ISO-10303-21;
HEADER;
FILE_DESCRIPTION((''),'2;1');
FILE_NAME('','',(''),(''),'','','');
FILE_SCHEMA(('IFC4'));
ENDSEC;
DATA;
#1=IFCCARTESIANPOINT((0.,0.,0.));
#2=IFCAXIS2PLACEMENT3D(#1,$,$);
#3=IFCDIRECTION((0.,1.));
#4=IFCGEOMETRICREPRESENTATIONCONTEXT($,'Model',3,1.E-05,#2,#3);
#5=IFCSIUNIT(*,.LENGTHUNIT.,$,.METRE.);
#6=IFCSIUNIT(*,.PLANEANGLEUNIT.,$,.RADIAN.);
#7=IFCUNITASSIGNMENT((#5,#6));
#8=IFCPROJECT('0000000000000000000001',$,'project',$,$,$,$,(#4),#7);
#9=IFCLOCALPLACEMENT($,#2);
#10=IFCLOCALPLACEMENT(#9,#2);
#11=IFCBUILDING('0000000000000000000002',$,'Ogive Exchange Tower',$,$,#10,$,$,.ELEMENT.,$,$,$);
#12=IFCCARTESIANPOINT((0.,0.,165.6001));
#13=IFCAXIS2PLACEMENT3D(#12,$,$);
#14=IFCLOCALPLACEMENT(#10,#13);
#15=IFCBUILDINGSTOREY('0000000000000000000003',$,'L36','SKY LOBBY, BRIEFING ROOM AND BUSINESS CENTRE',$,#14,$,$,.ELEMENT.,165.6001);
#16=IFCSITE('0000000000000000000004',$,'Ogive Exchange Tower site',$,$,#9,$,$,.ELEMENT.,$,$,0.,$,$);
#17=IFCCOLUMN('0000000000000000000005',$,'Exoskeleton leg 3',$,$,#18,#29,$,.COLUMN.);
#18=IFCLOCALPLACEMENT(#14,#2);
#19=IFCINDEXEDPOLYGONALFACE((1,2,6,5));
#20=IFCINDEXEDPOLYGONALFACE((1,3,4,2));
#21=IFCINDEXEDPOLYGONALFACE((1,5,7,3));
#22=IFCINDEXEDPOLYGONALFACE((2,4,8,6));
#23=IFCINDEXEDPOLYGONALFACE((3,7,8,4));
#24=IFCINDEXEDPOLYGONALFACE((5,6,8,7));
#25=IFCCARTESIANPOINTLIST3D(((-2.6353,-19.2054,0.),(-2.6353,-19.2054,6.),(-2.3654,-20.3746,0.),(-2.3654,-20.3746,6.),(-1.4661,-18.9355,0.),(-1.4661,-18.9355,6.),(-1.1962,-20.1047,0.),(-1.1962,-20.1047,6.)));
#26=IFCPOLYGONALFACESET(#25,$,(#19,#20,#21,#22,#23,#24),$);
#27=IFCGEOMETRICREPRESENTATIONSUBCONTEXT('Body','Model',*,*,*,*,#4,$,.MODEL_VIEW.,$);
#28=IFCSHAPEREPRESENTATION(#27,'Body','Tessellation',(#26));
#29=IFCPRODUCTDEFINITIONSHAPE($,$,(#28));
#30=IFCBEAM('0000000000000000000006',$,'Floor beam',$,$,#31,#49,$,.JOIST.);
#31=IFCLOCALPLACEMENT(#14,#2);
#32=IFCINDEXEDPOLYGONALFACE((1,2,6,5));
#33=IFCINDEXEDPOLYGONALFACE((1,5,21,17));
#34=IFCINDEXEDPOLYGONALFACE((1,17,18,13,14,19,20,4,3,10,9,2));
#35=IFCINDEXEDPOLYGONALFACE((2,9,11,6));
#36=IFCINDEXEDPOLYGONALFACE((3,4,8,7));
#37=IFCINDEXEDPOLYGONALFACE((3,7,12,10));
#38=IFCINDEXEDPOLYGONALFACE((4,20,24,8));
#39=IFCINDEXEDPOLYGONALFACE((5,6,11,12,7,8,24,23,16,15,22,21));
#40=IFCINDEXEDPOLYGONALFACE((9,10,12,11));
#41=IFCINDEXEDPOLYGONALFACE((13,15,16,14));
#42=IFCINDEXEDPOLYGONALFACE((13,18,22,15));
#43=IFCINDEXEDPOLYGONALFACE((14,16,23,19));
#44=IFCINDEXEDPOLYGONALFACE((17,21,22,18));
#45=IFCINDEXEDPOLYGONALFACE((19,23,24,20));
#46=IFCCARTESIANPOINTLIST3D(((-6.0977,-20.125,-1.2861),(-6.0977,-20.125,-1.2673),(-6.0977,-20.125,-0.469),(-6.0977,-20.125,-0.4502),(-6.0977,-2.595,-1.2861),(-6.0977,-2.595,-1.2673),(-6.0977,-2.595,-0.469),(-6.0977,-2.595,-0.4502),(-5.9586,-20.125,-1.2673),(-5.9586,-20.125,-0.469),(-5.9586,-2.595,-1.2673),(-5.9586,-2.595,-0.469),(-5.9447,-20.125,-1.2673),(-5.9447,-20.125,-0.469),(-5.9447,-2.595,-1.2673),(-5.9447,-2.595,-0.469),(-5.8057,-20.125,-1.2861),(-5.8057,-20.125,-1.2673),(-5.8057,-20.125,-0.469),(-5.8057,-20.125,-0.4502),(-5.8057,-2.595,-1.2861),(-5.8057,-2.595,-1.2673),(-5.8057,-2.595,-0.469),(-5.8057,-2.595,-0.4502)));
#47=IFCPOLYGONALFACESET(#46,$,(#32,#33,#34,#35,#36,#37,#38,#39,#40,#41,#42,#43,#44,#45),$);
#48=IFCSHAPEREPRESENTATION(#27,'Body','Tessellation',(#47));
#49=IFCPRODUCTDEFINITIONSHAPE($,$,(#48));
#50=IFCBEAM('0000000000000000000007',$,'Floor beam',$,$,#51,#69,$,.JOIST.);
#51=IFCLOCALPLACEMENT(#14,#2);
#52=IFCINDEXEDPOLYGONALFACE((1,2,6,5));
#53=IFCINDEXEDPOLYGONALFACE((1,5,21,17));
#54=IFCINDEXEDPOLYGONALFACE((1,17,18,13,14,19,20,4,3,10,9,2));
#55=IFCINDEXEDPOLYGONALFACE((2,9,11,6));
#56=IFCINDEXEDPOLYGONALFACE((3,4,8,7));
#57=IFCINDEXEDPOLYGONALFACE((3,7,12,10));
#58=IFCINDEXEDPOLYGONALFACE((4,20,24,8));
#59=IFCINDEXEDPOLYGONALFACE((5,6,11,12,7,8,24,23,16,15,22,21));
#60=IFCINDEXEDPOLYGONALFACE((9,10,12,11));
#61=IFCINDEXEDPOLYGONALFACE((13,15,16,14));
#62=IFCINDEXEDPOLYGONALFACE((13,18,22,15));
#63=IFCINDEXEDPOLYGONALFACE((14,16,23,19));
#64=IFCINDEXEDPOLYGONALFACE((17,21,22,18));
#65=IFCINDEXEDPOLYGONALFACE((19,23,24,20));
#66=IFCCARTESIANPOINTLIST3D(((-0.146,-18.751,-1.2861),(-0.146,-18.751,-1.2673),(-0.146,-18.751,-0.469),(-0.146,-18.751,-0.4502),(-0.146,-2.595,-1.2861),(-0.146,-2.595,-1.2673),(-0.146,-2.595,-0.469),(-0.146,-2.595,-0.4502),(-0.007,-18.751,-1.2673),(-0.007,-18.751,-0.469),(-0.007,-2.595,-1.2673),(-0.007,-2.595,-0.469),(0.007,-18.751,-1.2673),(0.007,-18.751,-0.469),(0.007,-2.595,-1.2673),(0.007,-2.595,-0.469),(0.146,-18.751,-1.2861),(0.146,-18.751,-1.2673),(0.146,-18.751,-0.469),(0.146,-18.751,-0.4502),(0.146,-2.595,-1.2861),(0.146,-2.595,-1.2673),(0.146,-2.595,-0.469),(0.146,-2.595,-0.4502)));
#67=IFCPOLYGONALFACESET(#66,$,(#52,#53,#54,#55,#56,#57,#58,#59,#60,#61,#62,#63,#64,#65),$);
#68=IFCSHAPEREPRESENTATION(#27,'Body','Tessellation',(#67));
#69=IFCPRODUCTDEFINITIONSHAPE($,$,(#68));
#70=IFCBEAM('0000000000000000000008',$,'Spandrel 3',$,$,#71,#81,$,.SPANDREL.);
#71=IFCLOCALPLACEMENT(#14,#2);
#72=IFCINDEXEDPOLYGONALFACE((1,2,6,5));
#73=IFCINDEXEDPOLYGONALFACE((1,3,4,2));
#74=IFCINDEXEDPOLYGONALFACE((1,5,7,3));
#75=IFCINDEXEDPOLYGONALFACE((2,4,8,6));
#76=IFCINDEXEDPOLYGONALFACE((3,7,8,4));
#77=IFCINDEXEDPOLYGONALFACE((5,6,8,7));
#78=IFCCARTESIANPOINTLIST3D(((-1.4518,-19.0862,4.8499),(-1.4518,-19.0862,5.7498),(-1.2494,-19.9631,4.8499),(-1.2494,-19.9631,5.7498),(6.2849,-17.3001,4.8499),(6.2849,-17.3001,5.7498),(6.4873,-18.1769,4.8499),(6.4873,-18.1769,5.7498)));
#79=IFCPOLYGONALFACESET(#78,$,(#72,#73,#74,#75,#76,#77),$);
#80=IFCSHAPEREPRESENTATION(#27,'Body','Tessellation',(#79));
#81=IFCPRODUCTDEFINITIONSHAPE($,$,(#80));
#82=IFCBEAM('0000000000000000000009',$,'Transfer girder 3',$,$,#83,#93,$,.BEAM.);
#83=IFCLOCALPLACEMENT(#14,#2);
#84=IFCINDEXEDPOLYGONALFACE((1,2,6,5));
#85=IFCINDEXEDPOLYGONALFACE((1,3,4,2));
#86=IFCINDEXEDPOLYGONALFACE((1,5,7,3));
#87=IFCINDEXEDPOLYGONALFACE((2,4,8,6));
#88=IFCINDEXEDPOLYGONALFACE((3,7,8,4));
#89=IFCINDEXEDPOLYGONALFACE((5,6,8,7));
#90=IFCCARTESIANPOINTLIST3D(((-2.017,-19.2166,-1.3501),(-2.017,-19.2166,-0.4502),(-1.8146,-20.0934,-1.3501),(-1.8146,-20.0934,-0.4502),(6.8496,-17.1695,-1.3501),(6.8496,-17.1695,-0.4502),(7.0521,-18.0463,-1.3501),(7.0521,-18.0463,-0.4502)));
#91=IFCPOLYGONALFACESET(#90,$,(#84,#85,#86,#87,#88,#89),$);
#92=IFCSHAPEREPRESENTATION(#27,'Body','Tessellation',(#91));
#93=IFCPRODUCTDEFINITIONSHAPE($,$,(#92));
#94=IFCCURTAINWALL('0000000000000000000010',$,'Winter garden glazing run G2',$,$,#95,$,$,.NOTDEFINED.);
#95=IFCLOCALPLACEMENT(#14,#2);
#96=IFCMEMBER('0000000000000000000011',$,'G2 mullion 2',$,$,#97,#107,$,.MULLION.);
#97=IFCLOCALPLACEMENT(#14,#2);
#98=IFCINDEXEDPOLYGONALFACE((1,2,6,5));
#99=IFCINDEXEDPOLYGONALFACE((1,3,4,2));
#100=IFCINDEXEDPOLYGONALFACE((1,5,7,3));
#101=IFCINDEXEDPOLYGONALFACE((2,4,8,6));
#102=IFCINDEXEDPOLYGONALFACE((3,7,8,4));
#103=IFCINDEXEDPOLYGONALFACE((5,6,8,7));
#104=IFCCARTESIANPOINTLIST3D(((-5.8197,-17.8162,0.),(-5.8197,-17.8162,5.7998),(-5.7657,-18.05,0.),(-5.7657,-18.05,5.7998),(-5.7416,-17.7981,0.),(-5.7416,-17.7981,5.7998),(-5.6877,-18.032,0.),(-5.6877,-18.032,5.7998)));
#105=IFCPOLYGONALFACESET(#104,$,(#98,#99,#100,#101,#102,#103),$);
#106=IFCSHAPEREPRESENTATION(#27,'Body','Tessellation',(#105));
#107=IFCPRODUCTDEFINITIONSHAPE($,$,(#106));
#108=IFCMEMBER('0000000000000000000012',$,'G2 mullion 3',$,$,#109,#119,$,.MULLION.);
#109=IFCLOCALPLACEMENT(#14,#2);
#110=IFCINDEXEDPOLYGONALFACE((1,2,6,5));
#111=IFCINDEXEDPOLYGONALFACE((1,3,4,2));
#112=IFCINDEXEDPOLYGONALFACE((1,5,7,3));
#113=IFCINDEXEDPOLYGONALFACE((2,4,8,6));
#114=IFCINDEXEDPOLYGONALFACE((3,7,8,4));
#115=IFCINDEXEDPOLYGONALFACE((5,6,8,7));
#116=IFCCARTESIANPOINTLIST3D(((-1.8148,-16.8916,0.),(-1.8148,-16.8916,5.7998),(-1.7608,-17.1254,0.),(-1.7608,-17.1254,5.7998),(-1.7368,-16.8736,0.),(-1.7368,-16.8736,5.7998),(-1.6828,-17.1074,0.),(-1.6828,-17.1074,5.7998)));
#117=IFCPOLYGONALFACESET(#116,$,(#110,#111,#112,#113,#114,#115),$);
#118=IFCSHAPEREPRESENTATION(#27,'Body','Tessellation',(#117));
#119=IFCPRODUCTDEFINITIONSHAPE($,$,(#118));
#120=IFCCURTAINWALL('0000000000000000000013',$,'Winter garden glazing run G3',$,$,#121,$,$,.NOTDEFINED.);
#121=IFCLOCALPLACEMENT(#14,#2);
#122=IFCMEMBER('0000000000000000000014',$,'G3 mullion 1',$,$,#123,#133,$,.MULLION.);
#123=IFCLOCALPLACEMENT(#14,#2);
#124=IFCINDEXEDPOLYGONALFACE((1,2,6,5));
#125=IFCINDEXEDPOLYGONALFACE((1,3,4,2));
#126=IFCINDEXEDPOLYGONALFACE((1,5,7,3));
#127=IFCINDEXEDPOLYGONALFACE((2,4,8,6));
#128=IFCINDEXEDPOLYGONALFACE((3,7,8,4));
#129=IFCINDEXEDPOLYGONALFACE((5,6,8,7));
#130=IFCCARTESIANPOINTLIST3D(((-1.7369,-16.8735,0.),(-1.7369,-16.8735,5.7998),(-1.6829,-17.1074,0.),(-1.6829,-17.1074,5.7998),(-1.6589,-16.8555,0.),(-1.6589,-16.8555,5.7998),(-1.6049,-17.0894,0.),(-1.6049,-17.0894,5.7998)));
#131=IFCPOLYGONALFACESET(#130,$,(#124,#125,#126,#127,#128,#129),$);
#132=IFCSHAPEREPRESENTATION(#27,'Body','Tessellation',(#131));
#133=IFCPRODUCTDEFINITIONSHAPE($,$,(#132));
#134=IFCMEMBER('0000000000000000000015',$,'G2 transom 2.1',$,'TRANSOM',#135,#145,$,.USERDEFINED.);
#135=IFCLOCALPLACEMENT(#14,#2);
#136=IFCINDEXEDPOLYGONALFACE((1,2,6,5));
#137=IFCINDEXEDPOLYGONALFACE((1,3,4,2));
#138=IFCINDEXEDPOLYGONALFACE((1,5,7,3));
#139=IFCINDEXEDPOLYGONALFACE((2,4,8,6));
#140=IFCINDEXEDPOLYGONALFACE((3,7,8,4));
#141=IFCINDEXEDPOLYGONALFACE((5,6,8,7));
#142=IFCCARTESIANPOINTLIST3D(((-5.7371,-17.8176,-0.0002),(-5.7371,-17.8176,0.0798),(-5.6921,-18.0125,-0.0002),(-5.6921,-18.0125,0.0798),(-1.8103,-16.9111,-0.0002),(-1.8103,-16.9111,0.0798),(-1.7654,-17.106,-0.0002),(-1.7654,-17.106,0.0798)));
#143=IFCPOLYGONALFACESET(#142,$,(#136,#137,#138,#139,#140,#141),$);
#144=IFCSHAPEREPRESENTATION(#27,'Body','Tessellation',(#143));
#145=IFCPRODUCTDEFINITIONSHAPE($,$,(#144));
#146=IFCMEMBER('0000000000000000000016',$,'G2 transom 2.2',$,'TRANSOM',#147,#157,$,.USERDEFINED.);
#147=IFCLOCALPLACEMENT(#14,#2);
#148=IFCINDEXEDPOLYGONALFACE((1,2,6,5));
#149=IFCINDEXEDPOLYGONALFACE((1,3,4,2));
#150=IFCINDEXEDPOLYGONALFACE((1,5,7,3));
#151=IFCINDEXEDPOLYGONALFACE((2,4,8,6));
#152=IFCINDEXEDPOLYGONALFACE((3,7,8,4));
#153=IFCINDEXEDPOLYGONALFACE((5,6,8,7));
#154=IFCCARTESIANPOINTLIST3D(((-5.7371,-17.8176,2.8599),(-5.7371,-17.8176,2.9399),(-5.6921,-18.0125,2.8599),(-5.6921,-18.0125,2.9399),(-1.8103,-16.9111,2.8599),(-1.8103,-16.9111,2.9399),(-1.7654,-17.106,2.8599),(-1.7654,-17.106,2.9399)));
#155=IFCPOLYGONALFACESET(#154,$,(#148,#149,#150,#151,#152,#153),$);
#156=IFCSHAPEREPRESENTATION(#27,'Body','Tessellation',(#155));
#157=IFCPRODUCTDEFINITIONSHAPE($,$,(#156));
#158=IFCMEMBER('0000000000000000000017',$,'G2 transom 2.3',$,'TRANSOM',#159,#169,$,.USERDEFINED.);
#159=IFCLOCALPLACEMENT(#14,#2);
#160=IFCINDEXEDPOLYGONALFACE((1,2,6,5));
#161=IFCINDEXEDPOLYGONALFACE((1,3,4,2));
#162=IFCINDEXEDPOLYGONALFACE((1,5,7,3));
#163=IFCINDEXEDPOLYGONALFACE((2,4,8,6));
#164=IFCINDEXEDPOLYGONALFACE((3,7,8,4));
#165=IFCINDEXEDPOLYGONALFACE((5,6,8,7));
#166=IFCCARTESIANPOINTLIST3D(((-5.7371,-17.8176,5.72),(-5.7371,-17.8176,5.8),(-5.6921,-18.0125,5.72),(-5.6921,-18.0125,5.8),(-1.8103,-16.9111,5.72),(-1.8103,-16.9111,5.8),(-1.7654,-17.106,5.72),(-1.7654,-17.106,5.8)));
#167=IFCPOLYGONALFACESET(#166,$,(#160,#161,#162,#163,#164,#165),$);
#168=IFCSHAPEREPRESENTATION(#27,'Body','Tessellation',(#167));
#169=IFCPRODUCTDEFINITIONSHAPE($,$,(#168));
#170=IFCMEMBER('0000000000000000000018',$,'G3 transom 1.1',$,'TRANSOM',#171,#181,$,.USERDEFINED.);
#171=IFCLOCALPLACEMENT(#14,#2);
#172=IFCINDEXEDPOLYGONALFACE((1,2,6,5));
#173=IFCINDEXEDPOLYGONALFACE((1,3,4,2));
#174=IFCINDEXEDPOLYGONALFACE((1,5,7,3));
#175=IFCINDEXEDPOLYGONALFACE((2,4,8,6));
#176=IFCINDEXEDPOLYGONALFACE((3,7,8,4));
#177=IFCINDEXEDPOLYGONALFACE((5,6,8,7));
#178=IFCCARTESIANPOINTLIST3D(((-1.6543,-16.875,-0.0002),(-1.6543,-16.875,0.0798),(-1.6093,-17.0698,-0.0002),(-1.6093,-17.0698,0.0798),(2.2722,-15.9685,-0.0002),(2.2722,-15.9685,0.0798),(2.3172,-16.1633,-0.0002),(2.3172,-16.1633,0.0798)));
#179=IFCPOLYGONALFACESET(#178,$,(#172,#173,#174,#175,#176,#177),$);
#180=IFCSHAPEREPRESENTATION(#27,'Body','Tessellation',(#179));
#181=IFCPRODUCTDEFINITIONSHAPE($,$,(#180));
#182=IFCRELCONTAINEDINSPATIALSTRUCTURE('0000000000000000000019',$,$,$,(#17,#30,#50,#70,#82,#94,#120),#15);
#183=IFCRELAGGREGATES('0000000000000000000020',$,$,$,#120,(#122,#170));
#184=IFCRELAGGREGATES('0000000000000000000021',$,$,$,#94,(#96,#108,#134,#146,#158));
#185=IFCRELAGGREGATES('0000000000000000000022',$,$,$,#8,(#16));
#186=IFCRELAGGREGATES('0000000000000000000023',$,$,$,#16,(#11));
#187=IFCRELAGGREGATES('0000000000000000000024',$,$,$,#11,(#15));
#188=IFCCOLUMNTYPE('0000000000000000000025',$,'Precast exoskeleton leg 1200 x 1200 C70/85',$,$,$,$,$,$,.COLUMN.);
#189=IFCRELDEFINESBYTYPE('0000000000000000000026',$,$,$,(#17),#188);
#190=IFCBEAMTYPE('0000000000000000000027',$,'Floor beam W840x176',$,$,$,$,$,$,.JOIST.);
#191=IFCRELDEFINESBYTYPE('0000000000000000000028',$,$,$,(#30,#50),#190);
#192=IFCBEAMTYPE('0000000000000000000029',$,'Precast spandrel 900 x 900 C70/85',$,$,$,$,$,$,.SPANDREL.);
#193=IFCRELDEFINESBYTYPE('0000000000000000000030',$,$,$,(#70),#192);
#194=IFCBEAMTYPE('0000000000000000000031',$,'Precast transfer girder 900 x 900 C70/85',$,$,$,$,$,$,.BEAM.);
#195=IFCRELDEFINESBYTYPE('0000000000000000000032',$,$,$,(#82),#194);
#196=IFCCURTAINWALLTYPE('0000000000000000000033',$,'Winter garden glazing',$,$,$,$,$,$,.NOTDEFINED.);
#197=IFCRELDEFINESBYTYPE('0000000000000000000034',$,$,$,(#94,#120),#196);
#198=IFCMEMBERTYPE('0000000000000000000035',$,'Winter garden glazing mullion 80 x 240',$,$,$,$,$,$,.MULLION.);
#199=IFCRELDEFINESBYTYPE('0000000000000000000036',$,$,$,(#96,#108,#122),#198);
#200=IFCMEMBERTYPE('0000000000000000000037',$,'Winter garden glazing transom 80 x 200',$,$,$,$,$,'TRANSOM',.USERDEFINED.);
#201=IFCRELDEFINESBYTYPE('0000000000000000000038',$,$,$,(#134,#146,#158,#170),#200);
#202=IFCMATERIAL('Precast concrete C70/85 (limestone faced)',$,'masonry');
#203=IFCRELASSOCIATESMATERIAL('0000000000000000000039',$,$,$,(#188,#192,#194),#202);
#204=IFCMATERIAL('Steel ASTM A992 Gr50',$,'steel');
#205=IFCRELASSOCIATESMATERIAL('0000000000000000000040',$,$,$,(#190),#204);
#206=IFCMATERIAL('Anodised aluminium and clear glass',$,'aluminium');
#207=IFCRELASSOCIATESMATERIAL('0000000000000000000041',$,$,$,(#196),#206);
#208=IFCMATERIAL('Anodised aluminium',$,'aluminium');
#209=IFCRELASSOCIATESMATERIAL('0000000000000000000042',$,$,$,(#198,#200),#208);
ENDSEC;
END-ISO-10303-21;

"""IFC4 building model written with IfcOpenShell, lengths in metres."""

from ifc_helpers import new_model, si_unit, direction, frame, origin, origin_2d, place, context, subcontext, project, spatial, rectangle, i_section, extrude, material, material_profile, profile_set, type_object, element, aggregate, save


model = new_model("IFC4")

# Units and contexts
model_context = context("Model", 3, precision=1e-05, world=origin(), true_north=direction((0.0, 1.0)))
body_context = subcontext(model_context, "Body", "Model", "MODEL_VIEW")
ifc_project = project(units=[si_unit("LENGTHUNIT", "METRE"), si_unit("PLANEANGLEUNIT", "RADIAN")], contexts=[model_context])

# Site, building, storey
site_placement = place(None, origin())
site = spatial("IfcSite", under=ifc_project, at=site_placement, Name="Ogive Exchange Tower site", CompositionType="ELEMENT", RefElevation=0.0)
building_placement = place(site_placement, origin())
building = spatial("IfcBuilding", under=site, at=building_placement, Name="Ogive Exchange Tower", CompositionType="ELEMENT")
storey_placement = place(building_placement, frame((0.0, 0.0, 165.6001)))
storey = spatial("IfcBuildingStorey", under=building, at=storey_placement, Name="L36", Description="SKY LOBBY, BRIEFING ROOM AND BUSINESS CENTRE", CompositionType="ELEMENT", Elevation=165.6001)

# Column
ifc_material_1 = material(Name="Precast concrete C70/85 (limestone faced)", Category="masonry")
ifc_material_profile_1 = material_profile(ifc_material_1, rectangle(XDim=1.2, YDim=1.2, at=origin_2d()), Name="1200 x 1200")
ifc_profile_set_1 = profile_set([ifc_material_profile_1], Name="Precast concrete C70/85 (limestone faced)")
column_type = type_object("IfcColumnType", Name="Precast exoskeleton leg 1200 x 1200 C70/85", PredefinedType="COLUMN", material=ifc_profile_set_1)
column_placement = place(storey_placement, frame((-1.9158, -19.655, 0.0), z_axis=(0.0, 0.0, 1.0), x_axis=(0.97437, 0.224951, 0.0)))
element("IfcColumn", 1, at=column_placement, inside=storey, type_object=column_type, Name="Exoskeleton leg 3", PredefinedType="COLUMN", context=body_context, shape_type="SweptSolid", body=[
    extrude(rectangle(XDim=1.2, YDim=1.2, at=origin_2d()), origin(), (0.0, 0.0, 1.0), 6.0),
])

# Beams
ifc_material_2 = material(Name="Steel ASTM A992 Gr50", Category="steel")
ifc_material_profile_2 = material_profile(ifc_material_2, i_section(OverallWidth=0.292, OverallDepth=0.8359, WebThickness=0.0139, FlangeThickness=0.0188, at=origin_2d()), Name="W840x176")
ifc_profile_set_2 = profile_set([ifc_material_profile_2], Name="Steel ASTM A992 Gr50")
beam_type_1 = type_object("IfcBeamType", Name="Floor beam W840x176", PredefinedType="JOIST", material=ifc_profile_set_2)
beam_1_placement = place(storey_placement, frame((-5.9517, -20.125, -0.8682), z_axis=(0.0, 1.0, 0.0), x_axis=(-1.0, 0.0, 0.0)))
element("IfcBeam", 2, at=beam_1_placement, inside=storey, type_object=beam_type_1, Name="Floor beam", PredefinedType="JOIST", context=body_context, shape_type="SweptSolid", body=[
    extrude(i_section(OverallWidth=0.292, OverallDepth=0.8359, WebThickness=0.0139, FlangeThickness=0.0188, at=origin_2d()), origin(), (0.0, 0.0, 1.0), 17.53),
])
beam_2_placement = place(storey_placement, frame((0.0, -18.751, -0.8682), z_axis=(0.0, 1.0, 0.0), x_axis=(-1.0, 0.0, 0.0)))
element("IfcBeam", 3, at=beam_2_placement, inside=storey, type_object=beam_type_1, Name="Floor beam", PredefinedType="JOIST", context=body_context, shape_type="SweptSolid", body=[
    extrude(i_section(OverallWidth=0.292, OverallDepth=0.8359, WebThickness=0.0139, FlangeThickness=0.0188, at=origin_2d()), origin(), (0.0, 0.0, 1.0), 16.156),
])
ifc_material_profile_3 = material_profile(ifc_material_1, rectangle(XDim=0.8999, YDim=0.8999, at=origin_2d()), Name="900 x 900")
ifc_profile_set_3 = profile_set([ifc_material_profile_3], Name="Precast concrete C70/85 (limestone faced)")
beam_type_2 = type_object("IfcBeamType", Name="Precast spandrel 900 x 900 C70/85", PredefinedType="SPANDREL", material=ifc_profile_set_3)
beam_3_placement = place(storey_placement, frame((-1.3506, -19.5247, 5.2998), z_axis=(0.97437, 0.224952, 0.0), x_axis=(-0.224952, 0.97437, 0.0)))
element("IfcBeam", 4, at=beam_3_placement, inside=storey, type_object=beam_type_2, Name="Spandrel 3", PredefinedType="SPANDREL", context=body_context, shape_type="SweptSolid", body=[
    extrude(rectangle(XDim=0.8999, YDim=0.8999, at=origin_2d()), origin(), (0.0, 0.0, 1.0), 7.9402),
])
ifc_material_profile_4 = material_profile(ifc_material_1, rectangle(XDim=0.8999, YDim=0.8999, at=origin_2d()), Name="900 x 900")
ifc_profile_set_4 = profile_set([ifc_material_profile_4], Name="Precast concrete C70/85 (limestone faced)")
beam_type_3 = type_object("IfcBeamType", Name="Precast transfer girder 900 x 900 C70/85", PredefinedType="BEAM", material=ifc_profile_set_4)
beam_4_placement = place(storey_placement, frame((-1.9158, -19.655, -0.9001), z_axis=(0.974368, 0.224959, 0.0), x_axis=(-0.224959, 0.974368, 0.0)))
element("IfcBeam", 5, at=beam_4_placement, inside=storey, type_object=beam_type_3, Name="Transfer girder 3", PredefinedType="BEAM", context=body_context, shape_type="SweptSolid", body=[
    extrude(rectangle(XDim=0.8999, YDim=0.8999, at=origin_2d()), origin(), (0.0, 0.0, 1.0), 9.0999),
])

# Curtain wall, members
ifc_material_3 = material(Name="Anodised aluminium and clear glass", Category="aluminium")
curtain_wall_type = type_object("IfcCurtainWallType", Name="Winter garden glazing", PredefinedType="NOTDEFINED", material=ifc_material_3)
curtain_wall_1_placement = place(storey_placement, origin())
curtain_wall_1 = element("IfcCurtainWall", 6, at=curtain_wall_1_placement, inside=storey, type_object=curtain_wall_type, Name="Winter garden glazing run G2", PredefinedType="NOTDEFINED")
ifc_material_4 = material(Name="Anodised aluminium", Category="aluminium")
ifc_material_profile_5 = material_profile(ifc_material_4, rectangle(XDim=0.24, YDim=0.0801, at=origin_2d()), Name="AL 80x240")
ifc_profile_set_5 = profile_set([ifc_material_profile_5], Name="Anodised aluminium")
member_type_1 = type_object("IfcMemberType", Name="Winter garden glazing mullion 80 x 240", PredefinedType="MULLION", material=ifc_profile_set_5)
member_1_placement = place(storey_placement, frame((-5.7537, -17.9241, 0.0), z_axis=(0.0, 0.0, 1.0), x_axis=(-0.224951, 0.97437, 0.0)))
member_1 = element("IfcMember", 7, at=member_1_placement, type_object=member_type_1, Name="G2 mullion 2", PredefinedType="MULLION", context=body_context, shape_type="SweptSolid", body=[
    extrude(rectangle(XDim=0.24, YDim=0.0801, at=origin_2d()), origin(), (0.0, 0.0, 1.0), 5.7998),
])
member_2_placement = place(storey_placement, frame((-1.7488, -16.9995, 0.0), z_axis=(0.0, 0.0, 1.0), x_axis=(-0.224951, 0.97437, 0.0)))
member_2 = element("IfcMember", 8, at=member_2_placement, type_object=member_type_1, Name="G2 mullion 3", PredefinedType="MULLION", context=body_context, shape_type="SweptSolid", body=[
    extrude(rectangle(XDim=0.24, YDim=0.0801, at=origin_2d()), origin(), (0.0, 0.0, 1.0), 5.7998),
])

# Curtain wall, member
curtain_wall_2_placement = place(storey_placement, origin())
curtain_wall_2 = element("IfcCurtainWall", 9, at=curtain_wall_2_placement, inside=storey, type_object=curtain_wall_type, Name="Winter garden glazing run G3", PredefinedType="NOTDEFINED")
member_3_placement = place(storey_placement, frame((-1.6709, -16.9814, 0.0), z_axis=(0.0, 0.0, 1.0), x_axis=(-0.224951, 0.97437, 0.0)))
member_3 = element("IfcMember", 10, at=member_3_placement, type_object=member_type_1, Name="G3 mullion 1", PredefinedType="MULLION", context=body_context, shape_type="SweptSolid", body=[
    extrude(rectangle(XDim=0.24, YDim=0.0801, at=origin_2d()), origin(), (0.0, 0.0, 1.0), 5.7998),
])

# Members
ifc_material_profile_6 = material_profile(ifc_material_4, rectangle(XDim=0.2, YDim=0.0801, at=origin_2d()), Name="AL 80x200")
ifc_profile_set_6 = profile_set([ifc_material_profile_6], Name="Anodised aluminium")
member_type_2 = type_object("IfcMemberType", Name="Winter garden glazing transom 80 x 200", ElementType="TRANSOM", PredefinedType="USERDEFINED", material=ifc_profile_set_6)
member_4_placement = place(storey_placement, frame((-5.7146, -17.915, 0.0398), z_axis=(0.974374, 0.224935, 0.0), x_axis=(-0.224935, 0.974374, 0.0)))
member_4 = element("IfcMember", 11, at=member_4_placement, type_object=member_type_2, Name="G2 transom 2.1", ObjectType="TRANSOM", PredefinedType="USERDEFINED", context=body_context, shape_type="SweptSolid", body=[
    extrude(rectangle(XDim=0.2, YDim=0.0801, at=origin_2d()), origin(), (0.0, 0.0, 1.0), 4.03),
])
member_5_placement = place(storey_placement, frame((-5.7146, -17.915, 2.8999), z_axis=(0.974374, 0.224935, 0.0), x_axis=(-0.224935, 0.974374, 0.0)))
member_5 = element("IfcMember", 12, at=member_5_placement, type_object=member_type_2, Name="G2 transom 2.2", ObjectType="TRANSOM", PredefinedType="USERDEFINED", context=body_context, shape_type="SweptSolid", body=[
    extrude(rectangle(XDim=0.2, YDim=0.0801, at=origin_2d()), origin(), (0.0, 0.0, 1.0), 4.03),
])
member_6_placement = place(storey_placement, frame((-5.7146, -17.915, 5.76), z_axis=(0.974374, 0.224935, 0.0), x_axis=(-0.224935, 0.974374, 0.0)))
member_6 = element("IfcMember", 13, at=member_6_placement, type_object=member_type_2, Name="G2 transom 2.3", ObjectType="TRANSOM", PredefinedType="USERDEFINED", context=body_context, shape_type="SweptSolid", body=[
    extrude(rectangle(XDim=0.2, YDim=0.0801, at=origin_2d()), origin(), (0.0, 0.0, 1.0), 4.03),
])
member_7_placement = place(storey_placement, frame((-1.6318, -16.9724, 0.0398), z_axis=(0.974371, 0.224948, 0.0), x_axis=(-0.224948, 0.974371, 0.0)))
member_7 = element("IfcMember", 14, at=member_7_placement, type_object=member_type_2, Name="G3 transom 1.1", ObjectType="TRANSOM", PredefinedType="USERDEFINED", context=body_context, shape_type="SweptSolid", body=[
    extrude(rectangle(XDim=0.2, YDim=0.0801, at=origin_2d()), origin(), (0.0, 0.0, 1.0), 4.0298),
])
aggregate(curtain_wall_2, [member_3, member_7])

aggregate(curtain_wall_1, [member_1, member_2, member_4, member_5, member_6])

save(model, "model.ifc")
